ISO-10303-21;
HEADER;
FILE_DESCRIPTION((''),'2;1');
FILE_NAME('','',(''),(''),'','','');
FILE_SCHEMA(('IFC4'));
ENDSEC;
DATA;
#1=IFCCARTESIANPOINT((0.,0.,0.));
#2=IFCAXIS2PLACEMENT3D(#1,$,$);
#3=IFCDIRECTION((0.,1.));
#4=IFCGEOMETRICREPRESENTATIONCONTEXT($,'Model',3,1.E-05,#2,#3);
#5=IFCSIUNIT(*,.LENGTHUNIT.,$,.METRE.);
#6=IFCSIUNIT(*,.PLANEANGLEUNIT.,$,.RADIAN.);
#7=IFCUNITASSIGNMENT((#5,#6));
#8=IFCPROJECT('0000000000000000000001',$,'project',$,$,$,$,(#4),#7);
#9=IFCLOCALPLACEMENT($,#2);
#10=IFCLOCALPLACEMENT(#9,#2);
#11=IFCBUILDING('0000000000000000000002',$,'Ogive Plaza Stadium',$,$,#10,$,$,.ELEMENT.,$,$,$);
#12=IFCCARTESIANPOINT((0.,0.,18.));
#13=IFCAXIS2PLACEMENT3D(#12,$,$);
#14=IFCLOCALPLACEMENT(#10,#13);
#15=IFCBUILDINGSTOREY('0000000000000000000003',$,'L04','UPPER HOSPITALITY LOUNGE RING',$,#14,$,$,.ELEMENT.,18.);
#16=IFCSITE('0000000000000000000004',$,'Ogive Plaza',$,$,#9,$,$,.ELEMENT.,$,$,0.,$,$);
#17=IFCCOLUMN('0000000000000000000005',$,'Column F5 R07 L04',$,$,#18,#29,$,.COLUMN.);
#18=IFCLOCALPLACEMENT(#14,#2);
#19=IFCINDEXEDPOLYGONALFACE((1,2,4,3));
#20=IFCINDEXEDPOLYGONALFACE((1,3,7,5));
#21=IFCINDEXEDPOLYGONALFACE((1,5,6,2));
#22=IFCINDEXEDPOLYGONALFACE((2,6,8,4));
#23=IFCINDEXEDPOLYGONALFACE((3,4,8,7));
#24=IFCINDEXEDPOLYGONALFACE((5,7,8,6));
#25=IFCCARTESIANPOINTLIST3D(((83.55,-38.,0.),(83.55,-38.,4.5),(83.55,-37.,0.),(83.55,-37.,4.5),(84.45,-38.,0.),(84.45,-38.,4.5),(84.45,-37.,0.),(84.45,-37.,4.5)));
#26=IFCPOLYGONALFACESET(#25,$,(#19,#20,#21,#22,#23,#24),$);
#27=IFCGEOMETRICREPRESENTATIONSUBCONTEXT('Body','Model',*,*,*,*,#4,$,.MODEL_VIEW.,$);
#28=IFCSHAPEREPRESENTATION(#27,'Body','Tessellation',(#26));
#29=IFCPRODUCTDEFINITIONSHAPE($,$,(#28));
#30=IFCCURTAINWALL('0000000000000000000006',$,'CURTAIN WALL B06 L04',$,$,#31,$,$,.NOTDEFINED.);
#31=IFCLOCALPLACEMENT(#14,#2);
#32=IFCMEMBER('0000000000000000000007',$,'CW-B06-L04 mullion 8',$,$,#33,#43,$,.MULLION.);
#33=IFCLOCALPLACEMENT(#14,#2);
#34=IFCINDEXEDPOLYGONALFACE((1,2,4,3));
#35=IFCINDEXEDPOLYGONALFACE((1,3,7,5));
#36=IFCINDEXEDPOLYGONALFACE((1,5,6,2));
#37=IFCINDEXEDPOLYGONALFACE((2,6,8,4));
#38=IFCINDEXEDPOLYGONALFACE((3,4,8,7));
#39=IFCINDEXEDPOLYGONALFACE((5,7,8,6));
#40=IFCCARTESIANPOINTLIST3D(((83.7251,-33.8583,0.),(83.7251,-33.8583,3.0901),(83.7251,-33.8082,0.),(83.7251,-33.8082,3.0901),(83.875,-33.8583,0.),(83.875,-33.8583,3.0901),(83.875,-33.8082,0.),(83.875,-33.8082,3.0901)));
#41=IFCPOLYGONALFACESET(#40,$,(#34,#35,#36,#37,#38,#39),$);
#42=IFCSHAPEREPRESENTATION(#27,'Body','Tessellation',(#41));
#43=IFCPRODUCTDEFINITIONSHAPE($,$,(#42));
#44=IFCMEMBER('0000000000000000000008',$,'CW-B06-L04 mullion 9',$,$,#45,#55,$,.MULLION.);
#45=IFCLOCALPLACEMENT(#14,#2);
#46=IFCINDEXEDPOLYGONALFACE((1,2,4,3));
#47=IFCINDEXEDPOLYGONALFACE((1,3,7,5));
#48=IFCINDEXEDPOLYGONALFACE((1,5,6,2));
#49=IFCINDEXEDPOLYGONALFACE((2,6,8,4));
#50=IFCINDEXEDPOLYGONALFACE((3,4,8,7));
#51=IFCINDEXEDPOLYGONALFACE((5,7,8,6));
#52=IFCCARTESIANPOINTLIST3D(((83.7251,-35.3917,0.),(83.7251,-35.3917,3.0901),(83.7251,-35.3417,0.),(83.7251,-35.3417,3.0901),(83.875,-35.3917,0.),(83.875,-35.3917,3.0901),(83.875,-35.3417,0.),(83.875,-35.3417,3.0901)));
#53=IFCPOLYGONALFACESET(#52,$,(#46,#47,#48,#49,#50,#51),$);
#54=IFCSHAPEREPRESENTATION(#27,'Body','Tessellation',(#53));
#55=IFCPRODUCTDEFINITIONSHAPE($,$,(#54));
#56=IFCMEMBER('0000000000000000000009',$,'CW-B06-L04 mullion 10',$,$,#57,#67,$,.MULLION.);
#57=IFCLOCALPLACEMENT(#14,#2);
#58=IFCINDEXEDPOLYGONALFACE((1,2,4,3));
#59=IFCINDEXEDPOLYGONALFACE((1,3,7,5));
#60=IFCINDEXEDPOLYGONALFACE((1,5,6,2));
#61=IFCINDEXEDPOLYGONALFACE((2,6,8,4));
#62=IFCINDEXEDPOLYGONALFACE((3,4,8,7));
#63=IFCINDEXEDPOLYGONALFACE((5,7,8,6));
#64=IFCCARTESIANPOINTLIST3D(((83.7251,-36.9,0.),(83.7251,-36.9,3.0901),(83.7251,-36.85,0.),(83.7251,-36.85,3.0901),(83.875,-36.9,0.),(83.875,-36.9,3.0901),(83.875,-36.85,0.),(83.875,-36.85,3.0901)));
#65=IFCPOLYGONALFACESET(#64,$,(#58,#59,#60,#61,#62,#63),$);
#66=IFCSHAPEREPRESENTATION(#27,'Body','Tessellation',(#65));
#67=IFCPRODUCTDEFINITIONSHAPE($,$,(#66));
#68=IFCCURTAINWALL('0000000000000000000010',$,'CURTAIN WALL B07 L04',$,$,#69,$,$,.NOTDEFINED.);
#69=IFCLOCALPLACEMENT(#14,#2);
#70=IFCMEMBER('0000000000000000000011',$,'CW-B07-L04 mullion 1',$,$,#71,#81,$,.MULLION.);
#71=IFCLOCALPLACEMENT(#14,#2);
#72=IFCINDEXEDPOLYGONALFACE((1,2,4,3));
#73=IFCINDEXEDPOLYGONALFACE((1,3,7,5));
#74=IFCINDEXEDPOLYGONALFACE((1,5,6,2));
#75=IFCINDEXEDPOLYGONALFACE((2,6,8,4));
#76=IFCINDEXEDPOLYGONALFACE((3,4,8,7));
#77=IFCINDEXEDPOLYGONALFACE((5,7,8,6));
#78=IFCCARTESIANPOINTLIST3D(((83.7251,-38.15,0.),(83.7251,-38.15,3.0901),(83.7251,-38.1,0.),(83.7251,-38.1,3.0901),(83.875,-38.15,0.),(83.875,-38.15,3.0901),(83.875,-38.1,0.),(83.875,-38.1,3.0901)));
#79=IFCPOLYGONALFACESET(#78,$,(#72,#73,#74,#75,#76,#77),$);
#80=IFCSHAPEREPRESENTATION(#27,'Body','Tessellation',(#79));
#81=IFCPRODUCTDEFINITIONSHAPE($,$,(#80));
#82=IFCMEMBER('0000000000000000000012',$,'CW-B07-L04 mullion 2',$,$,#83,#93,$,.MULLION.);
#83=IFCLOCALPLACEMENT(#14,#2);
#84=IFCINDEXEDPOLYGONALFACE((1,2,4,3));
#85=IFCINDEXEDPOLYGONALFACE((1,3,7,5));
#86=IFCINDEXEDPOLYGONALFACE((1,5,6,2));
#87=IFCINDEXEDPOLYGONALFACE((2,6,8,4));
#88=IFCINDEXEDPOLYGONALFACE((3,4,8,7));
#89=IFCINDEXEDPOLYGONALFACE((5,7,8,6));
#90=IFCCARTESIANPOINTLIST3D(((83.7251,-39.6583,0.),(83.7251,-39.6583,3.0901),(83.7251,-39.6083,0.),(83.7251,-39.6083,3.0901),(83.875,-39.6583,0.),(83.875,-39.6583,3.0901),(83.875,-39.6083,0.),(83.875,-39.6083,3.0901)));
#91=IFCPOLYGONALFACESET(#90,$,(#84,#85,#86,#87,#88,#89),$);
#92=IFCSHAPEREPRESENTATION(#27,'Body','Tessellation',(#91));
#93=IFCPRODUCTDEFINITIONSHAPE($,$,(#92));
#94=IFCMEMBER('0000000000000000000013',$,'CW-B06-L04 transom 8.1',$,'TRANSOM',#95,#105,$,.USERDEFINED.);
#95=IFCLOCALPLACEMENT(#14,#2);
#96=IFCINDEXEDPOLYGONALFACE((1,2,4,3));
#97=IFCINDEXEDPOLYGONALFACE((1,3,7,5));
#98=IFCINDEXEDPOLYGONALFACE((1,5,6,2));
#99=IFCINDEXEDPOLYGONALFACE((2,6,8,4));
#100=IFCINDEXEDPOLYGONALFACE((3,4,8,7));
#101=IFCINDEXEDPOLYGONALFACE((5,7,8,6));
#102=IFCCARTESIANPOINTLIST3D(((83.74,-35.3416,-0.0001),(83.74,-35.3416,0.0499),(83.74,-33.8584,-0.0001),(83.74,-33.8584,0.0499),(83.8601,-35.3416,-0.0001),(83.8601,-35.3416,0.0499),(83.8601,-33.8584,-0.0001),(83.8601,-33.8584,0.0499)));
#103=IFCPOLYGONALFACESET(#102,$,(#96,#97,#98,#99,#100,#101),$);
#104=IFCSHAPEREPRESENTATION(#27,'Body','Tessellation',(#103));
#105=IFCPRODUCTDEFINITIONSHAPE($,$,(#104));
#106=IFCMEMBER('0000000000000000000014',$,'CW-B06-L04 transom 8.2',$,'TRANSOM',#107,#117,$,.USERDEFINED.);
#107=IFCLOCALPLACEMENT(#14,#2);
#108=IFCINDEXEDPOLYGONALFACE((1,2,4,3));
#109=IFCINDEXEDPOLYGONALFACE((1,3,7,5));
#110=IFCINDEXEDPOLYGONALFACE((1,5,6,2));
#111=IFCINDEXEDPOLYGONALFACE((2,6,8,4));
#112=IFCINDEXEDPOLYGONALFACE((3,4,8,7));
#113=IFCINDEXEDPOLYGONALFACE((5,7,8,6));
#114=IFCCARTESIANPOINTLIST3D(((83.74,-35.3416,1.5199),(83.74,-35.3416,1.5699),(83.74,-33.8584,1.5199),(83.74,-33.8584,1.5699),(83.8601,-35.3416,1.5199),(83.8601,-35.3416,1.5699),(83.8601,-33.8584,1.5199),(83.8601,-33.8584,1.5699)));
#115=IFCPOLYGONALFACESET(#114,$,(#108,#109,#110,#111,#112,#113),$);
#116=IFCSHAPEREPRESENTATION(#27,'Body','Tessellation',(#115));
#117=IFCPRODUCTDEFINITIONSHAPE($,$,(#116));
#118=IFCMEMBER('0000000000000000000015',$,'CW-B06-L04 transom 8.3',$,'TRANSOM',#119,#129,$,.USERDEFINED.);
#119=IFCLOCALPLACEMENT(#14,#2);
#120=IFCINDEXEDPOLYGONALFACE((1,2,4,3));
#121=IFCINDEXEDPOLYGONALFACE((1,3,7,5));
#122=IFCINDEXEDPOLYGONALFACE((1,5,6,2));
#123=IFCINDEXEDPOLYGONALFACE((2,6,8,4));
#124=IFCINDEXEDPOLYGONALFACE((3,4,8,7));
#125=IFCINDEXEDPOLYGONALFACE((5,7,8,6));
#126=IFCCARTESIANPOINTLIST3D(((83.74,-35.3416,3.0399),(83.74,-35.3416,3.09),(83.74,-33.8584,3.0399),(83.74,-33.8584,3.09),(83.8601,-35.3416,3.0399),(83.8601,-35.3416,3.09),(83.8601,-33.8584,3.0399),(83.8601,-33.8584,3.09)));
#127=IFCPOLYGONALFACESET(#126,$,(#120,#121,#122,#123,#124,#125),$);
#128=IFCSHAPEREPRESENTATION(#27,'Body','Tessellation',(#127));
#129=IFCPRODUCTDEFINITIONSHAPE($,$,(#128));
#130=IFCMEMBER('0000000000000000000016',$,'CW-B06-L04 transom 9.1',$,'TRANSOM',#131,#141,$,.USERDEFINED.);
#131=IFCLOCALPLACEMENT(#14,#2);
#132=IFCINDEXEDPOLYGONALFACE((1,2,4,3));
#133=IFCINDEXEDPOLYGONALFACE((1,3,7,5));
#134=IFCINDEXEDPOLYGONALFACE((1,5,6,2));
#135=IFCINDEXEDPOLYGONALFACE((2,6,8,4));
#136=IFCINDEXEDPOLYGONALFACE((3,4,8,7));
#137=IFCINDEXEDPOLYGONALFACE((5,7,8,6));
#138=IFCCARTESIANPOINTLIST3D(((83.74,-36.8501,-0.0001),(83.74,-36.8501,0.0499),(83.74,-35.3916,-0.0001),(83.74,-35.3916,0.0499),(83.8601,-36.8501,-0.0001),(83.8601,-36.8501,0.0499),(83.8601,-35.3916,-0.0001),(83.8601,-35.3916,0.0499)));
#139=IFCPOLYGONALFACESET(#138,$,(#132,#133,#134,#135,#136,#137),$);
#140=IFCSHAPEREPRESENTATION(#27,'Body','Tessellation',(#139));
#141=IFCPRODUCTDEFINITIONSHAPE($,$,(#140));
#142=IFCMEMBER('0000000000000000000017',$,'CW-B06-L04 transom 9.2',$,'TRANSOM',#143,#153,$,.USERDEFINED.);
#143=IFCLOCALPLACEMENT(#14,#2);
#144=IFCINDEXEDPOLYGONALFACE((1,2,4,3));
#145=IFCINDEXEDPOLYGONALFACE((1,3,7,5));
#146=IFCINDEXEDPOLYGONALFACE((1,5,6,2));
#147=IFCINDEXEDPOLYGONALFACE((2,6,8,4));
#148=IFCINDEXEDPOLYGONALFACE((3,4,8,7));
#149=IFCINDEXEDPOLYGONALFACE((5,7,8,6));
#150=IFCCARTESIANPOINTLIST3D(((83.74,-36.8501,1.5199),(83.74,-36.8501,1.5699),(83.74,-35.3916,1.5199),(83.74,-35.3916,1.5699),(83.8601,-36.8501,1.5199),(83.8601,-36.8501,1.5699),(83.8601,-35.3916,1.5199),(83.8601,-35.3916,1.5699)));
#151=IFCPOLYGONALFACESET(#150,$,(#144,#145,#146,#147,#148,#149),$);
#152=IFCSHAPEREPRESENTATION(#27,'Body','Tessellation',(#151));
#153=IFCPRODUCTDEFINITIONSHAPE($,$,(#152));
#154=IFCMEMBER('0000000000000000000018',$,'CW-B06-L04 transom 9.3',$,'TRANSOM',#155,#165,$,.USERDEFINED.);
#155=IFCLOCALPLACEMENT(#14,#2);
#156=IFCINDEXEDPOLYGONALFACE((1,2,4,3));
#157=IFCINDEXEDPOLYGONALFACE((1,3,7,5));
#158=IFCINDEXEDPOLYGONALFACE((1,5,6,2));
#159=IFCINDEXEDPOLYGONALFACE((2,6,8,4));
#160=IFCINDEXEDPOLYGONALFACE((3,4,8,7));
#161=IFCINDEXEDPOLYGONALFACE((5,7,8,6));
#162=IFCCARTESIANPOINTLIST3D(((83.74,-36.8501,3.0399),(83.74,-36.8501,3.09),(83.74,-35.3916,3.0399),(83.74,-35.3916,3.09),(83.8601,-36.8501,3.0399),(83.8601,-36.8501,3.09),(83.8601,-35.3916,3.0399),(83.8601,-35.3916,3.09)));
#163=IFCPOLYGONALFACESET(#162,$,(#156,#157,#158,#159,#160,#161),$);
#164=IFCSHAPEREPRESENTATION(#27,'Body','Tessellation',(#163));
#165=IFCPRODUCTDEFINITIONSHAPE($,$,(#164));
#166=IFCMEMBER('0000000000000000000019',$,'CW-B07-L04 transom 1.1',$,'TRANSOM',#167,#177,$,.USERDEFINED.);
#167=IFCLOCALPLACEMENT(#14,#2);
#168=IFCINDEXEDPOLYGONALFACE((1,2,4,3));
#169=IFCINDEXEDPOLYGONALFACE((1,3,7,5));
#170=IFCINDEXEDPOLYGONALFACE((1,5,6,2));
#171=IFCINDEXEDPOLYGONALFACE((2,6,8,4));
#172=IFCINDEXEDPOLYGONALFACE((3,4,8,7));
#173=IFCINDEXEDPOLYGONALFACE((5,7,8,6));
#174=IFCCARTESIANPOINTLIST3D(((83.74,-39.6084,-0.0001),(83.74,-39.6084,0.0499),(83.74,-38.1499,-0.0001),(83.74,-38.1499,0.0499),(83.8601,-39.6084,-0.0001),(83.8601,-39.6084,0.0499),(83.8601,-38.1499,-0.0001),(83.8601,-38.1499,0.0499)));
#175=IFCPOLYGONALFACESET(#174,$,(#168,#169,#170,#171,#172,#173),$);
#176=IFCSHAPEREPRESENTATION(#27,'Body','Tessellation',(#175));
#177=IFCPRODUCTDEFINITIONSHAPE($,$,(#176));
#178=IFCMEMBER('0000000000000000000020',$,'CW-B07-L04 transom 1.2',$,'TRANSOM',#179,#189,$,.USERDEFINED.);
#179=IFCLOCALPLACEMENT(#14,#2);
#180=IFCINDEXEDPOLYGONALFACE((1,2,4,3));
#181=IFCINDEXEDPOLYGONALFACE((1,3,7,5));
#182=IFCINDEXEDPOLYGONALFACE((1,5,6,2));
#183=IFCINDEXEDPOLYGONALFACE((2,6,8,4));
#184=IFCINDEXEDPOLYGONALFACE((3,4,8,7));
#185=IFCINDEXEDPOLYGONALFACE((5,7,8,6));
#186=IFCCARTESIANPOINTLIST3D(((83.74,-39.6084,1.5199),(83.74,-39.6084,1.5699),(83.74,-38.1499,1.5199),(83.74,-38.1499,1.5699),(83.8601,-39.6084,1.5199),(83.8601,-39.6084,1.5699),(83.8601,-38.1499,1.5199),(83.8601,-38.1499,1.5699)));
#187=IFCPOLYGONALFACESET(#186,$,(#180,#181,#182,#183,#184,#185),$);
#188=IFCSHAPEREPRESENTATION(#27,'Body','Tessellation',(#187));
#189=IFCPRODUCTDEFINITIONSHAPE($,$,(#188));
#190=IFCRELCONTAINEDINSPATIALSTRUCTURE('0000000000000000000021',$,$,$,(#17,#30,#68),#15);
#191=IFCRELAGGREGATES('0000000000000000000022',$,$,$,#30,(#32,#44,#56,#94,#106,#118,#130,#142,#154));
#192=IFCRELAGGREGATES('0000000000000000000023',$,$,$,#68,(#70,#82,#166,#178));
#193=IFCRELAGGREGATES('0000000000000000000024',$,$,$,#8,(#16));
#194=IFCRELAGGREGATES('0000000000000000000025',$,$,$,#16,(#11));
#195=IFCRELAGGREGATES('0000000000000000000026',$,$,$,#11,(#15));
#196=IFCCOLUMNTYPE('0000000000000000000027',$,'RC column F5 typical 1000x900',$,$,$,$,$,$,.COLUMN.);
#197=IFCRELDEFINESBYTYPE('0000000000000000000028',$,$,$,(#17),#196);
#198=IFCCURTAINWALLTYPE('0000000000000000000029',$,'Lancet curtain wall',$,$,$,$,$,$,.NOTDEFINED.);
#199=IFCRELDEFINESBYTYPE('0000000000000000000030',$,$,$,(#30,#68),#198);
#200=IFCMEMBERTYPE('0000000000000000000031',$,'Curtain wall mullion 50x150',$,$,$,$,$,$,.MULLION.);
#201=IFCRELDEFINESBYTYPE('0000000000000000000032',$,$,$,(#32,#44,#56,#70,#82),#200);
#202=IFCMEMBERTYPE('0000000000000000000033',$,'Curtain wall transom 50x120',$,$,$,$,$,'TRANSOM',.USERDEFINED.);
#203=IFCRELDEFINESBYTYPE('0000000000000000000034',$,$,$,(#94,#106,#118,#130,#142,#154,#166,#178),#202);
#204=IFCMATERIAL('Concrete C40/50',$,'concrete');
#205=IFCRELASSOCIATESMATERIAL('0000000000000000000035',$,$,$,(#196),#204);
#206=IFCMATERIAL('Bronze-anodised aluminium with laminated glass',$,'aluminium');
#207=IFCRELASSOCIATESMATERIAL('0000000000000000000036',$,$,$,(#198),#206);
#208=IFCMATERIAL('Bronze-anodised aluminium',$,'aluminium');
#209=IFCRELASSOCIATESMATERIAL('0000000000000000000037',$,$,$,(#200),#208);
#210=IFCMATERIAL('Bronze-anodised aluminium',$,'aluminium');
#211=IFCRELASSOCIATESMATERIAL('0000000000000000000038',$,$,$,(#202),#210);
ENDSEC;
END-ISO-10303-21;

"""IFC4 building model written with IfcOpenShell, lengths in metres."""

from ifc_helpers import new_model, si_unit, direction, frame, origin, origin_2d, place, context, subcontext, project, spatial, rectangle, extrude, material, material_profile, profile_set, type_object, element, aggregate, save


model = new_model("IFC4")

# Units and contexts
model_context = context("Model", 3, precision=1e-05, world=origin(), true_north=direction((0.0, 1.0)))
body_context = subcontext(model_context, "Body", "Model", "MODEL_VIEW")
ifc_project = project(units=[si_unit("LENGTHUNIT", "METRE"), si_unit("PLANEANGLEUNIT", "RADIAN")], contexts=[model_context])

# Site, building, storey
site_placement = place(None, origin())
site = spatial("IfcSite", under=ifc_project, at=site_placement, Name="Ogive Plaza", CompositionType="ELEMENT", RefElevation=0.0)
building_placement = place(site_placement, origin())
building = spatial("IfcBuilding", under=site, at=building_placement, Name="Ogive Plaza Stadium", CompositionType="ELEMENT")
storey_placement = place(building_placement, frame((0.0, 0.0, 18.0)))
storey = spatial("IfcBuildingStorey", under=building, at=storey_placement, Name="L04", Description="UPPER HOSPITALITY LOUNGE RING", CompositionType="ELEMENT", Elevation=18.0)

# Column
ifc_material_1 = material(Name="Concrete C40/50", Category="concrete")
ifc_material_profile_1 = material_profile(ifc_material_1, rectangle(XDim=1.0, YDim=0.8999, at=origin_2d()), Name="RC 1000x900")
ifc_profile_set_1 = profile_set([ifc_material_profile_1], Name="Concrete C40/50")
column_type = type_object("IfcColumnType", Name="RC column F5 typical 1000x900", PredefinedType="COLUMN", material=ifc_profile_set_1)
column_placement = place(storey_placement, frame((84.0, -37.5, 0.0), z_axis=(0.0, 0.0, 1.0), x_axis=(0.0, 1.0, 0.0)))
element("IfcColumn", 1, at=column_placement, inside=storey, type_object=column_type, Name="Column F5 R07 L04", PredefinedType="COLUMN", context=body_context, shape_type="SweptSolid", body=[
    extrude(rectangle(XDim=1.0, YDim=0.8999, at=origin_2d()), origin(), (0.0, 0.0, 1.0), 4.5),
])

# Curtain walls, members
ifc_material_2 = material(Name="Bronze-anodised aluminium with laminated glass", Category="aluminium")
curtain_wall_type = type_object("IfcCurtainWallType", Name="Lancet curtain wall", PredefinedType="NOTDEFINED", material=ifc_material_2)
curtain_wall_1_placement = place(storey_placement, origin())
curtain_wall_1 = element("IfcCurtainWall", 2, at=curtain_wall_1_placement, inside=storey, type_object=curtain_wall_type, Name="CURTAIN WALL B06 L04", PredefinedType="NOTDEFINED")
ifc_material_3 = material(Name="Bronze-anodised aluminium", Category="aluminium")
ifc_material_profile_2 = material_profile(ifc_material_3, rectangle(XDim=0.1499, YDim=0.05, at=origin_2d()), Name="AL 150x50")
ifc_profile_set_2 = profile_set([ifc_material_profile_2], Name="Bronze-anodised aluminium")
member_type_1 = type_object("IfcMemberType", Name="Curtain wall mullion 50x150", PredefinedType="MULLION", material=ifc_profile_set_2)
member_1_placement = place(storey_placement, frame((83.8, -33.8333, 0.0), z_axis=(0.0, 0.0, 1.0), x_axis=(1.0, 0.0, 0.0)))
member_1 = element("IfcMember", 3, at=member_1_placement, type_object=member_type_1, Name="CW-B06-L04 mullion 8", PredefinedType="MULLION", context=body_context, shape_type="SweptSolid", body=[
    extrude(rectangle(XDim=0.1499, YDim=0.05, at=origin_2d()), origin(), (0.0, 0.0, 1.0), 3.0901),
])
member_2_placement = place(storey_placement, frame((83.8, -35.3667, 0.0), z_axis=(0.0, 0.0, 1.0), x_axis=(1.0, 0.0, 0.0)))
member_2 = element("IfcMember", 4, at=member_2_placement, type_object=member_type_1, Name="CW-B06-L04 mullion 9", PredefinedType="MULLION", context=body_context, shape_type="SweptSolid", body=[
    extrude(rectangle(XDim=0.1499, YDim=0.05, at=origin_2d()), origin(), (0.0, 0.0, 1.0), 3.0901),
])
member_3_placement = place(storey_placement, frame((83.8, -36.875, 0.0), z_axis=(0.0, 0.0, 1.0), x_axis=(1.0, 0.0, 0.0)))
member_3 = element("IfcMember", 5, at=member_3_placement, type_object=member_type_1, Name="CW-B06-L04 mullion 10", PredefinedType="MULLION", context=body_context, shape_type="SweptSolid", body=[
    extrude(rectangle(XDim=0.1499, YDim=0.05, at=origin_2d()), origin(), (0.0, 0.0, 1.0), 3.0901),
])
curtain_wall_2_placement = place(storey_placement, origin())
curtain_wall_2 = element("IfcCurtainWall", 6, at=curtain_wall_2_placement, inside=storey, type_object=curtain_wall_type, Name="CURTAIN WALL B07 L04", PredefinedType="NOTDEFINED")
member_4_placement = place(storey_placement, frame((83.8, -38.125, 0.0), z_axis=(0.0, 0.0, 1.0), x_axis=(1.0, 0.0, 0.0)))
member_4 = element("IfcMember", 7, at=member_4_placement, type_object=member_type_1, Name="CW-B07-L04 mullion 1", PredefinedType="MULLION", context=body_context, shape_type="SweptSolid", body=[
    extrude(rectangle(XDim=0.1499, YDim=0.05, at=origin_2d()), origin(), (0.0, 0.0, 1.0), 3.0901),
])
member_5_placement = place(storey_placement, frame((83.8, -39.6333, 0.0), z_axis=(0.0, 0.0, 1.0), x_axis=(1.0, 0.0, 0.0)))
member_5 = element("IfcMember", 8, at=member_5_placement, type_object=member_type_1, Name="CW-B07-L04 mullion 2", PredefinedType="MULLION", context=body_context, shape_type="SweptSolid", body=[
    extrude(rectangle(XDim=0.1499, YDim=0.05, at=origin_2d()), origin(), (0.0, 0.0, 1.0), 3.0901),
])

# Members
ifc_material_4 = material(Name="Bronze-anodised aluminium", Category="aluminium")
ifc_material_profile_3 = material_profile(ifc_material_4, rectangle(XDim=0.1201, YDim=0.05, at=origin_2d()), Name="AL 120x50")
ifc_profile_set_3 = profile_set([ifc_material_profile_3], Name="Bronze-anodised aluminium")
member_type_2 = type_object("IfcMemberType", Name="Curtain wall transom 50x120", ElementType="TRANSOM", PredefinedType="USERDEFINED", material=ifc_profile_set_3)
member_6_placement = place(storey_placement, frame((83.8, -33.8584, 0.0249), z_axis=(0.0, -1.0, 0.0), x_axis=(1.0, 0.0, 0.0)))
member_6 = element("IfcMember", 9, at=member_6_placement, type_object=member_type_2, Name="CW-B06-L04 transom 8.1", ObjectType="TRANSOM", PredefinedType="USERDEFINED", context=body_context, shape_type="SweptSolid", body=[
    extrude(rectangle(XDim=0.1201, YDim=0.05, at=origin_2d()), origin(), (0.0, 0.0, 1.0), 1.4832),
])
member_7_placement = place(storey_placement, frame((83.8, -33.8584, 1.5449), z_axis=(0.0, -1.0, 0.0), x_axis=(1.0, 0.0, 0.0)))
member_7 = element("IfcMember", 10, at=member_7_placement, type_object=member_type_2, Name="CW-B06-L04 transom 8.2", ObjectType="TRANSOM", PredefinedType="USERDEFINED", context=body_context, shape_type="SweptSolid", body=[
    extrude(rectangle(XDim=0.1201, YDim=0.05, at=origin_2d()), origin(), (0.0, 0.0, 1.0), 1.4832),
])
member_8_placement = place(storey_placement, frame((83.8, -33.8584, 3.0649), z_axis=(0.0, -1.0, 0.0), x_axis=(1.0, 0.0, 0.0)))
member_8 = element("IfcMember", 11, at=member_8_placement, type_object=member_type_2, Name="CW-B06-L04 transom 8.3", ObjectType="TRANSOM", PredefinedType="USERDEFINED", context=body_context, shape_type="SweptSolid", body=[
    extrude(rectangle(XDim=0.1201, YDim=0.05, at=origin_2d()), origin(), (0.0, 0.0, 1.0), 1.4832),
])
member_9_placement = place(storey_placement, frame((83.8, -35.3916, 0.0249), z_axis=(0.0, -1.0, 0.0), x_axis=(1.0, 0.0, 0.0)))
member_9 = element("IfcMember", 12, at=member_9_placement, type_object=member_type_2, Name="CW-B06-L04 transom 9.1", ObjectType="TRANSOM", PredefinedType="USERDEFINED", context=body_context, shape_type="SweptSolid", body=[
    extrude(rectangle(XDim=0.1201, YDim=0.05, at=origin_2d()), origin(), (0.0, 0.0, 1.0), 1.4585),
])
member_10_placement = place(storey_placement, frame((83.8, -35.3916, 1.5449), z_axis=(0.0, -1.0, 0.0), x_axis=(1.0, 0.0, 0.0)))
member_10 = element("IfcMember", 13, at=member_10_placement, type_object=member_type_2, Name="CW-B06-L04 transom 9.2", ObjectType="TRANSOM", PredefinedType="USERDEFINED", context=body_context, shape_type="SweptSolid", body=[
    extrude(rectangle(XDim=0.1201, YDim=0.05, at=origin_2d()), origin(), (0.0, 0.0, 1.0), 1.4585),
])
member_11_placement = place(storey_placement, frame((83.8, -35.3916, 3.0649), z_axis=(0.0, -1.0, 0.0), x_axis=(1.0, 0.0, 0.0)))
member_11 = element("IfcMember", 14, at=member_11_placement, type_object=member_type_2, Name="CW-B06-L04 transom 9.3", ObjectType="TRANSOM", PredefinedType="USERDEFINED", context=body_context, shape_type="SweptSolid", body=[
    extrude(rectangle(XDim=0.1201, YDim=0.05, at=origin_2d()), origin(), (0.0, 0.0, 1.0), 1.4585),
])
member_12_placement = place(storey_placement, frame((83.8, -38.1499, 0.0249), z_axis=(0.0, -1.0, 0.0), x_axis=(1.0, 0.0, 0.0)))
member_12 = element("IfcMember", 15, at=member_12_placement, type_object=member_type_2, Name="CW-B07-L04 transom 1.1", ObjectType="TRANSOM", PredefinedType="USERDEFINED", context=body_context, shape_type="SweptSolid", body=[
    extrude(rectangle(XDim=0.1201, YDim=0.05, at=origin_2d()), origin(), (0.0, 0.0, 1.0), 1.4585),
])
member_13_placement = place(storey_placement, frame((83.8, -38.1499, 1.5449), z_axis=(0.0, -1.0, 0.0), x_axis=(1.0, 0.0, 0.0)))
member_13 = element("IfcMember", 16, at=member_13_placement, type_object=member_type_2, Name="CW-B07-L04 transom 1.2", ObjectType="TRANSOM", PredefinedType="USERDEFINED", context=body_context, shape_type="SweptSolid", body=[
    extrude(rectangle(XDim=0.1201, YDim=0.05, at=origin_2d()), origin(), (0.0, 0.0, 1.0), 1.4585),
])

aggregate(curtain_wall_1, [member_1, member_2, member_3, member_6, member_7, member_8, member_9, member_10, member_11])
aggregate(curtain_wall_2, [member_4, member_5, member_12, member_13])

save(model, "model.ifc")
